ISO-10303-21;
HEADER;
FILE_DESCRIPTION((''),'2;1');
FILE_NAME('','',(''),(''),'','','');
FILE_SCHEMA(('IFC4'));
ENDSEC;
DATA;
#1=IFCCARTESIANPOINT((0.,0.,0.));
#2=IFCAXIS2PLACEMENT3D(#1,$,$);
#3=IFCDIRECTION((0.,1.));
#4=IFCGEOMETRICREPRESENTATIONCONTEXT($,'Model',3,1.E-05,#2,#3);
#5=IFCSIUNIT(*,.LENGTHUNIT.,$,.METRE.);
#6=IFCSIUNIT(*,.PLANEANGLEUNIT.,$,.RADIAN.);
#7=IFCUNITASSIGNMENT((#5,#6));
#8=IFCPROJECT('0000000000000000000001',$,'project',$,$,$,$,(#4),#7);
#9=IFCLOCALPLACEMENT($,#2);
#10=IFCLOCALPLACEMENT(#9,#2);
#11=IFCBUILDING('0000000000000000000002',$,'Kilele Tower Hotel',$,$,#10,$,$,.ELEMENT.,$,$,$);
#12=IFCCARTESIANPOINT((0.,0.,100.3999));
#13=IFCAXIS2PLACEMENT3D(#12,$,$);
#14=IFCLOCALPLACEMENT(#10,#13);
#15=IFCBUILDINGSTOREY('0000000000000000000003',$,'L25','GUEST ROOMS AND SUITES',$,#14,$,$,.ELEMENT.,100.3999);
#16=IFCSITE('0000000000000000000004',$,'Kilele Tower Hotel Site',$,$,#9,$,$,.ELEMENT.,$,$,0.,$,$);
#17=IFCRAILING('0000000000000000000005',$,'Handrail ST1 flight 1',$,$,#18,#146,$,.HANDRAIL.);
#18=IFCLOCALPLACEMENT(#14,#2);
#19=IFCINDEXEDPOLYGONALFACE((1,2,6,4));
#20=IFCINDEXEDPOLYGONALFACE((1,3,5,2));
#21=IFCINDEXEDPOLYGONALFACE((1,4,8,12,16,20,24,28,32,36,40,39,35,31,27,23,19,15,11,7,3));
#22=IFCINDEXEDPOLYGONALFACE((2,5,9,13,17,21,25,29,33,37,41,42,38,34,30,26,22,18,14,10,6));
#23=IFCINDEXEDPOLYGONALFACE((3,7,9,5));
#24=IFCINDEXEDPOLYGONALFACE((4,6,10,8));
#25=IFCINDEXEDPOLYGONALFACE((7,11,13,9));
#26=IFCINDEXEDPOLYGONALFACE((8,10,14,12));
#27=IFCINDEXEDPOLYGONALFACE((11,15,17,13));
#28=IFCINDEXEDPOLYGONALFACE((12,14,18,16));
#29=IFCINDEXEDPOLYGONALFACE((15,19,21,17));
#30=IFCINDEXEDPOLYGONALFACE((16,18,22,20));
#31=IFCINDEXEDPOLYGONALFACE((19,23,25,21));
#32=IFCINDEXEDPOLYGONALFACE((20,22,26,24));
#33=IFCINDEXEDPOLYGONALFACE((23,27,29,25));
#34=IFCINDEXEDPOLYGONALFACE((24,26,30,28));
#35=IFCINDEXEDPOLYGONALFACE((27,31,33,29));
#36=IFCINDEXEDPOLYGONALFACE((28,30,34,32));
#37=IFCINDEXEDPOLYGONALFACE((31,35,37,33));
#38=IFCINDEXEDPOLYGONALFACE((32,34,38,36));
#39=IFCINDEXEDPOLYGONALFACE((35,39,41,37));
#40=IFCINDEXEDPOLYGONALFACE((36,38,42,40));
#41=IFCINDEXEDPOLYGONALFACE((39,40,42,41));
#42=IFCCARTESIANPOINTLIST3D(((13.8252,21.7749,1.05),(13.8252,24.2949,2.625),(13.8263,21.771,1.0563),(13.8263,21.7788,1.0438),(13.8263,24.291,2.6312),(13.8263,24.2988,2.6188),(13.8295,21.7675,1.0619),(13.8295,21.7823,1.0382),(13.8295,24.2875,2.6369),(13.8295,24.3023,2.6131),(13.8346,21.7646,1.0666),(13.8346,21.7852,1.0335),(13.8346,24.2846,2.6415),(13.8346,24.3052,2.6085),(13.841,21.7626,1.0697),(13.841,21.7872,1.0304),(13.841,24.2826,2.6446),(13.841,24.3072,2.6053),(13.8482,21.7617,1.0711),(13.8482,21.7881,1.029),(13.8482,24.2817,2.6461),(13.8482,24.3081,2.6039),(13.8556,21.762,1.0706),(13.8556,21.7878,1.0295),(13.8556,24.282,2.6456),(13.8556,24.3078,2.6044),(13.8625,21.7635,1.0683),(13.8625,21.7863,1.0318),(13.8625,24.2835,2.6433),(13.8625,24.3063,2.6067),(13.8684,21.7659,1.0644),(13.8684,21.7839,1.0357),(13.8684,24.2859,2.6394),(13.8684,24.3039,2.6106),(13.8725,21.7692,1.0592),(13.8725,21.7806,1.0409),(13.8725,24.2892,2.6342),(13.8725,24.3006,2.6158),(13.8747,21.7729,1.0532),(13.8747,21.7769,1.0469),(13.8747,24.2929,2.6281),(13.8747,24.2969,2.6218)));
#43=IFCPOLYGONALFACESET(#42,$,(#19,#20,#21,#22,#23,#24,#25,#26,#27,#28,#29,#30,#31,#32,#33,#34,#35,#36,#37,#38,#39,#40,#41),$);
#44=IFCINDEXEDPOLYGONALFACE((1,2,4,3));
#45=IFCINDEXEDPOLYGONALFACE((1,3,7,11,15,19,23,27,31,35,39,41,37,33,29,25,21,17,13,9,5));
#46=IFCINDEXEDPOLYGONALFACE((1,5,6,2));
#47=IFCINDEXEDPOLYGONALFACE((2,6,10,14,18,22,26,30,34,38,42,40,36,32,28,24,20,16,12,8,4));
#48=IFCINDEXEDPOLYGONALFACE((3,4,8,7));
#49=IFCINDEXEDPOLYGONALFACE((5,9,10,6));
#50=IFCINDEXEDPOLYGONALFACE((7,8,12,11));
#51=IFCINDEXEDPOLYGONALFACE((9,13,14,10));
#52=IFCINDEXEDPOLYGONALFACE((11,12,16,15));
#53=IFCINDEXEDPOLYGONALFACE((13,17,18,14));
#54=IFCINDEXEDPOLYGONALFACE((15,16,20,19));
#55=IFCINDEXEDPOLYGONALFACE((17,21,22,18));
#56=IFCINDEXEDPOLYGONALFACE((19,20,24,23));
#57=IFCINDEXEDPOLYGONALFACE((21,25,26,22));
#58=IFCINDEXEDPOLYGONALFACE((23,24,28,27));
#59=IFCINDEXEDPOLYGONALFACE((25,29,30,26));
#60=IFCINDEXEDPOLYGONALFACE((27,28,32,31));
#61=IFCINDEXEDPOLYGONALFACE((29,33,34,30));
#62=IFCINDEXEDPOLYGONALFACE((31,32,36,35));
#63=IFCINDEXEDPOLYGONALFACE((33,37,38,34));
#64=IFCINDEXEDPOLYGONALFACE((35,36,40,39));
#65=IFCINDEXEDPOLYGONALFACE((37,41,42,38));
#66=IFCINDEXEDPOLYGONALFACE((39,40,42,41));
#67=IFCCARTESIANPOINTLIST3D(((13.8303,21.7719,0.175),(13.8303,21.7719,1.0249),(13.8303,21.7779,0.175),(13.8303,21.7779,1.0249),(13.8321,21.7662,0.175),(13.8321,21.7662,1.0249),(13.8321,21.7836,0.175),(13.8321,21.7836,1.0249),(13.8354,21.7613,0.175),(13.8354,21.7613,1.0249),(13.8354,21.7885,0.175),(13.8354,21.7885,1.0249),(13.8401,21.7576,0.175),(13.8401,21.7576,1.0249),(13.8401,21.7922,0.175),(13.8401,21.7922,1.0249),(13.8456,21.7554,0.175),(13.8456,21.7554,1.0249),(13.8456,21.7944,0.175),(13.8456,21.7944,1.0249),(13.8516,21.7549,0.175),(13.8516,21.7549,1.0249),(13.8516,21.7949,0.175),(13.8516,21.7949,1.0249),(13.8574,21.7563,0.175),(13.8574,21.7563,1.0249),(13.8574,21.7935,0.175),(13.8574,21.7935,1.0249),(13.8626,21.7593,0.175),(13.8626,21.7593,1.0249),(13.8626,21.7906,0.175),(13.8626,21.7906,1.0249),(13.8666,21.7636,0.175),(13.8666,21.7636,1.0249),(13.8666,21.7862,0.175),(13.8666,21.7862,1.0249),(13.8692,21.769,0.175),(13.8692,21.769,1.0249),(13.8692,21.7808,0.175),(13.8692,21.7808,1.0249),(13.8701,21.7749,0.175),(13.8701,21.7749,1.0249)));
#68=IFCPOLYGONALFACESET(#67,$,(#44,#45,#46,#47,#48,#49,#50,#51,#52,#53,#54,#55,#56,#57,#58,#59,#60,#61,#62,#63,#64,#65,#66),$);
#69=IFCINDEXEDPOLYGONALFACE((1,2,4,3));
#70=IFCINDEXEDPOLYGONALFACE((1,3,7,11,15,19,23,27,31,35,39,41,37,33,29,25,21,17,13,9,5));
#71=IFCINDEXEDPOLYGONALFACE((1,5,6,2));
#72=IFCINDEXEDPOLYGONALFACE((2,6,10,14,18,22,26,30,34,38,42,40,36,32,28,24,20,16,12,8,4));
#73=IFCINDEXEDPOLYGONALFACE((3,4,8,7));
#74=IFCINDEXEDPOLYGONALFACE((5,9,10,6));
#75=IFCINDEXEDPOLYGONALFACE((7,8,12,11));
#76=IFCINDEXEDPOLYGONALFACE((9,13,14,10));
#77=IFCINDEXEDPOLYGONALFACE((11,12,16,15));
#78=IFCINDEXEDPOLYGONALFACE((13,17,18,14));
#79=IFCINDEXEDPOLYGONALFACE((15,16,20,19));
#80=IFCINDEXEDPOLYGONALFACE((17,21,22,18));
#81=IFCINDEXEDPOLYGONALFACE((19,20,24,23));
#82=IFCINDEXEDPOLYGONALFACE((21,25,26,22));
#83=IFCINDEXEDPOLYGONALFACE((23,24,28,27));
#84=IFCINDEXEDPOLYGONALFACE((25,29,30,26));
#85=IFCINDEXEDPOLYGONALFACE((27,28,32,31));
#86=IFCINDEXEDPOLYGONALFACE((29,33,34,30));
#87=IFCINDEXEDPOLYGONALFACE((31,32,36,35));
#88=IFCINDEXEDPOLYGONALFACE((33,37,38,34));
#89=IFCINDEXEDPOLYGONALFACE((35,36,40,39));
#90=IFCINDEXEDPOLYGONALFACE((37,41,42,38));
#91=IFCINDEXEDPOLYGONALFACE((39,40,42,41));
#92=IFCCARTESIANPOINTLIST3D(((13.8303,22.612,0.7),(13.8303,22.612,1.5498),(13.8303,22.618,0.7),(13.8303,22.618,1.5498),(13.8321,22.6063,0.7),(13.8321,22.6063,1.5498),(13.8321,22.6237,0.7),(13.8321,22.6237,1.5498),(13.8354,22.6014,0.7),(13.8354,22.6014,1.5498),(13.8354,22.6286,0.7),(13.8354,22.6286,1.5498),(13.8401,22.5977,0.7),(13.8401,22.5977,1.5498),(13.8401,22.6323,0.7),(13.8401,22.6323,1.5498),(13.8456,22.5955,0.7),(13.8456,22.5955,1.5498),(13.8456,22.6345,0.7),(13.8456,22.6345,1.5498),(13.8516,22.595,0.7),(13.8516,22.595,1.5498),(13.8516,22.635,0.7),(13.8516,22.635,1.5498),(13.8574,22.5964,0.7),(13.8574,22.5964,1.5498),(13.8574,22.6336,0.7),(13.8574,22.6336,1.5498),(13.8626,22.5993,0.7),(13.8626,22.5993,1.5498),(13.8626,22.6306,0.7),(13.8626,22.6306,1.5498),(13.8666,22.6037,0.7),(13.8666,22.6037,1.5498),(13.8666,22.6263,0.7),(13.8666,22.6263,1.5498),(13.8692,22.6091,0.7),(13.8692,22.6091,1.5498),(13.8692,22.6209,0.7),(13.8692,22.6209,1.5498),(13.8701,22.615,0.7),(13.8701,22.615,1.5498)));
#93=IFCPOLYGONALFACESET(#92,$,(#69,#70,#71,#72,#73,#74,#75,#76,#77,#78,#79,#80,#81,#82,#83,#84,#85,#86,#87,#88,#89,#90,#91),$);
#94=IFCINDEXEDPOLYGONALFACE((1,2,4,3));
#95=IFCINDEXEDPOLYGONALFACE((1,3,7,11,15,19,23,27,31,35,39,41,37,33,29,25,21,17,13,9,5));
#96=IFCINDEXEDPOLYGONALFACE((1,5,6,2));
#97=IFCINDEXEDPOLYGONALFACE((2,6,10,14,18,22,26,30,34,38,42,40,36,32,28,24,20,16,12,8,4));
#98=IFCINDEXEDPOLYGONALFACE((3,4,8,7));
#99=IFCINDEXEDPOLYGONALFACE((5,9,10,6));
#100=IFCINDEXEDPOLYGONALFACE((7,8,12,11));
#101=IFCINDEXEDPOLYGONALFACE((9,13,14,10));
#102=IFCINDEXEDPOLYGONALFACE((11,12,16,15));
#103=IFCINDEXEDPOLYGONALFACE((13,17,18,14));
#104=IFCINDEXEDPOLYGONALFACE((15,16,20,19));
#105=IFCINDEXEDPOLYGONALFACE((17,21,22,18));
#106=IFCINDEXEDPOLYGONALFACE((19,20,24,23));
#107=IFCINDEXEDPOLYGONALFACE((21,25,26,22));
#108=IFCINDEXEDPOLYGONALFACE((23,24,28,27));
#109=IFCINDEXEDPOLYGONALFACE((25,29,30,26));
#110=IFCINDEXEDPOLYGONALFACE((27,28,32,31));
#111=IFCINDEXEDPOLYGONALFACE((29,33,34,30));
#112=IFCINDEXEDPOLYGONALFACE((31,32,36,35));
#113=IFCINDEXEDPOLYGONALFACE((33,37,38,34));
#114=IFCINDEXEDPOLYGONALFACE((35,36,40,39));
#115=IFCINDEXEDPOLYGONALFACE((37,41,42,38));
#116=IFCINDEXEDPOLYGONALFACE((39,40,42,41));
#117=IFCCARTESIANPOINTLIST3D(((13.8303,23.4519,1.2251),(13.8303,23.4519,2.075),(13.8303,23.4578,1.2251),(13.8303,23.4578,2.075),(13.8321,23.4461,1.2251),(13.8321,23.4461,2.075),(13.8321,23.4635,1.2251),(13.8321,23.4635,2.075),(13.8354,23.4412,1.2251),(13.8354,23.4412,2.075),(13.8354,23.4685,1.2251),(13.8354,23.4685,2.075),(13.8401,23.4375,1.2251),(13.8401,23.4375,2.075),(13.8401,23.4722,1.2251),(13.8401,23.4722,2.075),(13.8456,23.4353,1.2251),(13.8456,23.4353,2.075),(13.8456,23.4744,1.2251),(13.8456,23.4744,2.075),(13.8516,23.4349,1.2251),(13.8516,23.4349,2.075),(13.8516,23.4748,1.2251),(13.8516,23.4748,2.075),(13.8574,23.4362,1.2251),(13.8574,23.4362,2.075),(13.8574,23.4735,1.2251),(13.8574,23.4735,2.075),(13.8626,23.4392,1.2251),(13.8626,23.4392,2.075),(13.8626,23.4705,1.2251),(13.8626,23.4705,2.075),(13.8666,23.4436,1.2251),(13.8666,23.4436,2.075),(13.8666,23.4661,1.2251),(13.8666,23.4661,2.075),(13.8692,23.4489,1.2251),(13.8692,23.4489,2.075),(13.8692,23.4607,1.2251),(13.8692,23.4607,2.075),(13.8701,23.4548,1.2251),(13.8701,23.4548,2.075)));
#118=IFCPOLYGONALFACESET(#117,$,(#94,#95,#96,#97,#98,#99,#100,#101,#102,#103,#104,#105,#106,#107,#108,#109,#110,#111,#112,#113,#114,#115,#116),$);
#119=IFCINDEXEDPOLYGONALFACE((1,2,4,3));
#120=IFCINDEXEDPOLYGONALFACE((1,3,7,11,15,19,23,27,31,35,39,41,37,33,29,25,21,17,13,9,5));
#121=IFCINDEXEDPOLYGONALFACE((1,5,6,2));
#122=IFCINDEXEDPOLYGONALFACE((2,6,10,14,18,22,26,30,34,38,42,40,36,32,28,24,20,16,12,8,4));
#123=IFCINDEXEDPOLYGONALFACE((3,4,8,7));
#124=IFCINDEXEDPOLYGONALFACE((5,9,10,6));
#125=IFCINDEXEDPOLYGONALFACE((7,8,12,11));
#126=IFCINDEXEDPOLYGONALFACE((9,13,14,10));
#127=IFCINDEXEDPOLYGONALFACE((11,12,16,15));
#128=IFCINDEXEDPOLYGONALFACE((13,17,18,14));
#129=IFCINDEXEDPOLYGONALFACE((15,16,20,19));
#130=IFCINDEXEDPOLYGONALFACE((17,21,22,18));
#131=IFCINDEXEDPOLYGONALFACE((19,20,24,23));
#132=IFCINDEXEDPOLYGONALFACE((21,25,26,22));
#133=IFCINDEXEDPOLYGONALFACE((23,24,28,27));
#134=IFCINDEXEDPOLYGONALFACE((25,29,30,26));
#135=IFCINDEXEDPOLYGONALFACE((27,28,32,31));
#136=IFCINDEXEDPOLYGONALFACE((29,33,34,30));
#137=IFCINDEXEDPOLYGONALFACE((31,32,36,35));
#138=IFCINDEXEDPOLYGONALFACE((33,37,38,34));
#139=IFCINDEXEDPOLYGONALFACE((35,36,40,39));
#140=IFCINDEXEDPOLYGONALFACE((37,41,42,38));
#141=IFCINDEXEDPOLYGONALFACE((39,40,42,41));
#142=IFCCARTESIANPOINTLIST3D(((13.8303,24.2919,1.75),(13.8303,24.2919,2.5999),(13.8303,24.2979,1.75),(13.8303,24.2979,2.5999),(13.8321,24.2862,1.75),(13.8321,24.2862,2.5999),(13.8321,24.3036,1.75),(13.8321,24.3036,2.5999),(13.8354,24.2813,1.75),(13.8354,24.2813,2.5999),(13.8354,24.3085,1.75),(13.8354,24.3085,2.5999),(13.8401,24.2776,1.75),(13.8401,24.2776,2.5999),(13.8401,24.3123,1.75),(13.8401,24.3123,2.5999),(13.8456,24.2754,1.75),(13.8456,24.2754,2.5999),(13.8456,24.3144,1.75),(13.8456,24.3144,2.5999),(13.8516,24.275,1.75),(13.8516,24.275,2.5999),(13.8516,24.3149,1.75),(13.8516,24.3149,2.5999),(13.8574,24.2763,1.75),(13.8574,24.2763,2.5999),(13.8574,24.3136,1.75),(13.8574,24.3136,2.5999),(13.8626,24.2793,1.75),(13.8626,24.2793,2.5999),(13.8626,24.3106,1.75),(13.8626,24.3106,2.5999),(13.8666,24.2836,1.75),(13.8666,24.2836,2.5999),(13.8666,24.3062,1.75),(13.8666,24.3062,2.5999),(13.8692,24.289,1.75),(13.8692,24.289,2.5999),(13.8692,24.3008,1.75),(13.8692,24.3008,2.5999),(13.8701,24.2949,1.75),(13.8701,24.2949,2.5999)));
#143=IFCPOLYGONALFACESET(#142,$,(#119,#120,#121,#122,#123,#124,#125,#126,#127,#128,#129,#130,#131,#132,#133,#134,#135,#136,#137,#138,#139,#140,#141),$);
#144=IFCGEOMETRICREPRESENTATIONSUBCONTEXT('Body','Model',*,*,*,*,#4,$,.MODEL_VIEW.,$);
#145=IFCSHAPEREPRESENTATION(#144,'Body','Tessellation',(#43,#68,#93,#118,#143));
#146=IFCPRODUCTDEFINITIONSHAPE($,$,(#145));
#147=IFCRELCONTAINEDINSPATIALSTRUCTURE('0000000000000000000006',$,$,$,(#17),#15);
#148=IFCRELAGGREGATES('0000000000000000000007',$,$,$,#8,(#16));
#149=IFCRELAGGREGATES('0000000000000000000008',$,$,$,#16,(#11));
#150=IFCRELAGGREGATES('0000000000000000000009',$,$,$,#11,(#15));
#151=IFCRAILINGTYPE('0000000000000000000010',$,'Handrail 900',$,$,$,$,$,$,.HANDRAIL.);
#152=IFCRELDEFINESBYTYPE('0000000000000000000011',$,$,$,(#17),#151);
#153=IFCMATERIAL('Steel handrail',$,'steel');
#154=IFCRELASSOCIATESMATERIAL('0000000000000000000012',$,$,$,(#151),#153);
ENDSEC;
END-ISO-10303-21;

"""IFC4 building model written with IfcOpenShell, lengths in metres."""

from ifc_helpers import new_model, si_unit, direction, frame, origin, origin_2d, place, context, subcontext, project, spatial, circle, extrude, material, type_object, element, save


model = new_model("IFC4")

# Units and contexts
model_context = context("Model", 3, precision=1e-05, world=origin(), true_north=direction((0.0, 1.0)))
body_context = subcontext(model_context, "Body", "Model", "MODEL_VIEW")
ifc_project = project(units=[si_unit("LENGTHUNIT", "METRE"), si_unit("PLANEANGLEUNIT", "RADIAN")], contexts=[model_context])

# Site, building, storey
site_placement = place(None, origin())
site = spatial("IfcSite", under=ifc_project, at=site_placement, Name="Kilele Tower Hotel Site", CompositionType="ELEMENT", RefElevation=0.0)
building_placement = place(site_placement, origin())
building = spatial("IfcBuilding", under=site, at=building_placement, Name="Kilele Tower Hotel", CompositionType="ELEMENT")
storey_placement = place(building_placement, frame((0.0, 0.0, 100.3999)))
storey = spatial("IfcBuildingStorey", under=building, at=storey_placement, Name="L25", Description="GUEST ROOMS AND SUITES", CompositionType="ELEMENT", Elevation=100.3999)

# Railing
ifc_material_1 = material(Name="Steel handrail", Category="steel")
railing_type_1 = type_object("IfcRailingType", Name="Handrail 900", PredefinedType="HANDRAIL", material=ifc_material_1)
for number, where, name in (
    (1, (13.8501, 21.7749, 0.175), "Handrail ST1 flight 1"),
):
    element("IfcRailing", number, at=place(storey_placement, frame(where)), inside=storey, type_object=railing_type_1, Name=name, PredefinedType="HANDRAIL", context=body_context, shape_type="SweptSolid", body=[
        extrude(circle(Radius=0.0249, at=origin_2d()), frame((0.0, 0.0, 0.875), z_axis=(0.0, 0.848008, 0.529984), x_axis=(-1.0, 0.0, 0.0)), (0.0, 0.0, 1.0), 2.9717),
        extrude(circle(Radius=0.02, at=origin_2d()), origin(), (0.0, 0.0, 1.0), 0.8499),
        extrude(circle(Radius=0.02, at=origin_2d()), frame((0.0, 0.8401, 0.5249)), (0.0, 0.0, 1.0), 0.8499),
        extrude(circle(Radius=0.02, at=origin_2d()), frame((0.0, 1.6799, 1.05)), (0.0, 0.0, 1.0), 0.8499),
        extrude(circle(Radius=0.02, at=origin_2d()), frame((0.0, 2.52, 1.575)), (0.0, 0.0, 1.0), 0.8499),
    ])

save(model, "model.ifc")
